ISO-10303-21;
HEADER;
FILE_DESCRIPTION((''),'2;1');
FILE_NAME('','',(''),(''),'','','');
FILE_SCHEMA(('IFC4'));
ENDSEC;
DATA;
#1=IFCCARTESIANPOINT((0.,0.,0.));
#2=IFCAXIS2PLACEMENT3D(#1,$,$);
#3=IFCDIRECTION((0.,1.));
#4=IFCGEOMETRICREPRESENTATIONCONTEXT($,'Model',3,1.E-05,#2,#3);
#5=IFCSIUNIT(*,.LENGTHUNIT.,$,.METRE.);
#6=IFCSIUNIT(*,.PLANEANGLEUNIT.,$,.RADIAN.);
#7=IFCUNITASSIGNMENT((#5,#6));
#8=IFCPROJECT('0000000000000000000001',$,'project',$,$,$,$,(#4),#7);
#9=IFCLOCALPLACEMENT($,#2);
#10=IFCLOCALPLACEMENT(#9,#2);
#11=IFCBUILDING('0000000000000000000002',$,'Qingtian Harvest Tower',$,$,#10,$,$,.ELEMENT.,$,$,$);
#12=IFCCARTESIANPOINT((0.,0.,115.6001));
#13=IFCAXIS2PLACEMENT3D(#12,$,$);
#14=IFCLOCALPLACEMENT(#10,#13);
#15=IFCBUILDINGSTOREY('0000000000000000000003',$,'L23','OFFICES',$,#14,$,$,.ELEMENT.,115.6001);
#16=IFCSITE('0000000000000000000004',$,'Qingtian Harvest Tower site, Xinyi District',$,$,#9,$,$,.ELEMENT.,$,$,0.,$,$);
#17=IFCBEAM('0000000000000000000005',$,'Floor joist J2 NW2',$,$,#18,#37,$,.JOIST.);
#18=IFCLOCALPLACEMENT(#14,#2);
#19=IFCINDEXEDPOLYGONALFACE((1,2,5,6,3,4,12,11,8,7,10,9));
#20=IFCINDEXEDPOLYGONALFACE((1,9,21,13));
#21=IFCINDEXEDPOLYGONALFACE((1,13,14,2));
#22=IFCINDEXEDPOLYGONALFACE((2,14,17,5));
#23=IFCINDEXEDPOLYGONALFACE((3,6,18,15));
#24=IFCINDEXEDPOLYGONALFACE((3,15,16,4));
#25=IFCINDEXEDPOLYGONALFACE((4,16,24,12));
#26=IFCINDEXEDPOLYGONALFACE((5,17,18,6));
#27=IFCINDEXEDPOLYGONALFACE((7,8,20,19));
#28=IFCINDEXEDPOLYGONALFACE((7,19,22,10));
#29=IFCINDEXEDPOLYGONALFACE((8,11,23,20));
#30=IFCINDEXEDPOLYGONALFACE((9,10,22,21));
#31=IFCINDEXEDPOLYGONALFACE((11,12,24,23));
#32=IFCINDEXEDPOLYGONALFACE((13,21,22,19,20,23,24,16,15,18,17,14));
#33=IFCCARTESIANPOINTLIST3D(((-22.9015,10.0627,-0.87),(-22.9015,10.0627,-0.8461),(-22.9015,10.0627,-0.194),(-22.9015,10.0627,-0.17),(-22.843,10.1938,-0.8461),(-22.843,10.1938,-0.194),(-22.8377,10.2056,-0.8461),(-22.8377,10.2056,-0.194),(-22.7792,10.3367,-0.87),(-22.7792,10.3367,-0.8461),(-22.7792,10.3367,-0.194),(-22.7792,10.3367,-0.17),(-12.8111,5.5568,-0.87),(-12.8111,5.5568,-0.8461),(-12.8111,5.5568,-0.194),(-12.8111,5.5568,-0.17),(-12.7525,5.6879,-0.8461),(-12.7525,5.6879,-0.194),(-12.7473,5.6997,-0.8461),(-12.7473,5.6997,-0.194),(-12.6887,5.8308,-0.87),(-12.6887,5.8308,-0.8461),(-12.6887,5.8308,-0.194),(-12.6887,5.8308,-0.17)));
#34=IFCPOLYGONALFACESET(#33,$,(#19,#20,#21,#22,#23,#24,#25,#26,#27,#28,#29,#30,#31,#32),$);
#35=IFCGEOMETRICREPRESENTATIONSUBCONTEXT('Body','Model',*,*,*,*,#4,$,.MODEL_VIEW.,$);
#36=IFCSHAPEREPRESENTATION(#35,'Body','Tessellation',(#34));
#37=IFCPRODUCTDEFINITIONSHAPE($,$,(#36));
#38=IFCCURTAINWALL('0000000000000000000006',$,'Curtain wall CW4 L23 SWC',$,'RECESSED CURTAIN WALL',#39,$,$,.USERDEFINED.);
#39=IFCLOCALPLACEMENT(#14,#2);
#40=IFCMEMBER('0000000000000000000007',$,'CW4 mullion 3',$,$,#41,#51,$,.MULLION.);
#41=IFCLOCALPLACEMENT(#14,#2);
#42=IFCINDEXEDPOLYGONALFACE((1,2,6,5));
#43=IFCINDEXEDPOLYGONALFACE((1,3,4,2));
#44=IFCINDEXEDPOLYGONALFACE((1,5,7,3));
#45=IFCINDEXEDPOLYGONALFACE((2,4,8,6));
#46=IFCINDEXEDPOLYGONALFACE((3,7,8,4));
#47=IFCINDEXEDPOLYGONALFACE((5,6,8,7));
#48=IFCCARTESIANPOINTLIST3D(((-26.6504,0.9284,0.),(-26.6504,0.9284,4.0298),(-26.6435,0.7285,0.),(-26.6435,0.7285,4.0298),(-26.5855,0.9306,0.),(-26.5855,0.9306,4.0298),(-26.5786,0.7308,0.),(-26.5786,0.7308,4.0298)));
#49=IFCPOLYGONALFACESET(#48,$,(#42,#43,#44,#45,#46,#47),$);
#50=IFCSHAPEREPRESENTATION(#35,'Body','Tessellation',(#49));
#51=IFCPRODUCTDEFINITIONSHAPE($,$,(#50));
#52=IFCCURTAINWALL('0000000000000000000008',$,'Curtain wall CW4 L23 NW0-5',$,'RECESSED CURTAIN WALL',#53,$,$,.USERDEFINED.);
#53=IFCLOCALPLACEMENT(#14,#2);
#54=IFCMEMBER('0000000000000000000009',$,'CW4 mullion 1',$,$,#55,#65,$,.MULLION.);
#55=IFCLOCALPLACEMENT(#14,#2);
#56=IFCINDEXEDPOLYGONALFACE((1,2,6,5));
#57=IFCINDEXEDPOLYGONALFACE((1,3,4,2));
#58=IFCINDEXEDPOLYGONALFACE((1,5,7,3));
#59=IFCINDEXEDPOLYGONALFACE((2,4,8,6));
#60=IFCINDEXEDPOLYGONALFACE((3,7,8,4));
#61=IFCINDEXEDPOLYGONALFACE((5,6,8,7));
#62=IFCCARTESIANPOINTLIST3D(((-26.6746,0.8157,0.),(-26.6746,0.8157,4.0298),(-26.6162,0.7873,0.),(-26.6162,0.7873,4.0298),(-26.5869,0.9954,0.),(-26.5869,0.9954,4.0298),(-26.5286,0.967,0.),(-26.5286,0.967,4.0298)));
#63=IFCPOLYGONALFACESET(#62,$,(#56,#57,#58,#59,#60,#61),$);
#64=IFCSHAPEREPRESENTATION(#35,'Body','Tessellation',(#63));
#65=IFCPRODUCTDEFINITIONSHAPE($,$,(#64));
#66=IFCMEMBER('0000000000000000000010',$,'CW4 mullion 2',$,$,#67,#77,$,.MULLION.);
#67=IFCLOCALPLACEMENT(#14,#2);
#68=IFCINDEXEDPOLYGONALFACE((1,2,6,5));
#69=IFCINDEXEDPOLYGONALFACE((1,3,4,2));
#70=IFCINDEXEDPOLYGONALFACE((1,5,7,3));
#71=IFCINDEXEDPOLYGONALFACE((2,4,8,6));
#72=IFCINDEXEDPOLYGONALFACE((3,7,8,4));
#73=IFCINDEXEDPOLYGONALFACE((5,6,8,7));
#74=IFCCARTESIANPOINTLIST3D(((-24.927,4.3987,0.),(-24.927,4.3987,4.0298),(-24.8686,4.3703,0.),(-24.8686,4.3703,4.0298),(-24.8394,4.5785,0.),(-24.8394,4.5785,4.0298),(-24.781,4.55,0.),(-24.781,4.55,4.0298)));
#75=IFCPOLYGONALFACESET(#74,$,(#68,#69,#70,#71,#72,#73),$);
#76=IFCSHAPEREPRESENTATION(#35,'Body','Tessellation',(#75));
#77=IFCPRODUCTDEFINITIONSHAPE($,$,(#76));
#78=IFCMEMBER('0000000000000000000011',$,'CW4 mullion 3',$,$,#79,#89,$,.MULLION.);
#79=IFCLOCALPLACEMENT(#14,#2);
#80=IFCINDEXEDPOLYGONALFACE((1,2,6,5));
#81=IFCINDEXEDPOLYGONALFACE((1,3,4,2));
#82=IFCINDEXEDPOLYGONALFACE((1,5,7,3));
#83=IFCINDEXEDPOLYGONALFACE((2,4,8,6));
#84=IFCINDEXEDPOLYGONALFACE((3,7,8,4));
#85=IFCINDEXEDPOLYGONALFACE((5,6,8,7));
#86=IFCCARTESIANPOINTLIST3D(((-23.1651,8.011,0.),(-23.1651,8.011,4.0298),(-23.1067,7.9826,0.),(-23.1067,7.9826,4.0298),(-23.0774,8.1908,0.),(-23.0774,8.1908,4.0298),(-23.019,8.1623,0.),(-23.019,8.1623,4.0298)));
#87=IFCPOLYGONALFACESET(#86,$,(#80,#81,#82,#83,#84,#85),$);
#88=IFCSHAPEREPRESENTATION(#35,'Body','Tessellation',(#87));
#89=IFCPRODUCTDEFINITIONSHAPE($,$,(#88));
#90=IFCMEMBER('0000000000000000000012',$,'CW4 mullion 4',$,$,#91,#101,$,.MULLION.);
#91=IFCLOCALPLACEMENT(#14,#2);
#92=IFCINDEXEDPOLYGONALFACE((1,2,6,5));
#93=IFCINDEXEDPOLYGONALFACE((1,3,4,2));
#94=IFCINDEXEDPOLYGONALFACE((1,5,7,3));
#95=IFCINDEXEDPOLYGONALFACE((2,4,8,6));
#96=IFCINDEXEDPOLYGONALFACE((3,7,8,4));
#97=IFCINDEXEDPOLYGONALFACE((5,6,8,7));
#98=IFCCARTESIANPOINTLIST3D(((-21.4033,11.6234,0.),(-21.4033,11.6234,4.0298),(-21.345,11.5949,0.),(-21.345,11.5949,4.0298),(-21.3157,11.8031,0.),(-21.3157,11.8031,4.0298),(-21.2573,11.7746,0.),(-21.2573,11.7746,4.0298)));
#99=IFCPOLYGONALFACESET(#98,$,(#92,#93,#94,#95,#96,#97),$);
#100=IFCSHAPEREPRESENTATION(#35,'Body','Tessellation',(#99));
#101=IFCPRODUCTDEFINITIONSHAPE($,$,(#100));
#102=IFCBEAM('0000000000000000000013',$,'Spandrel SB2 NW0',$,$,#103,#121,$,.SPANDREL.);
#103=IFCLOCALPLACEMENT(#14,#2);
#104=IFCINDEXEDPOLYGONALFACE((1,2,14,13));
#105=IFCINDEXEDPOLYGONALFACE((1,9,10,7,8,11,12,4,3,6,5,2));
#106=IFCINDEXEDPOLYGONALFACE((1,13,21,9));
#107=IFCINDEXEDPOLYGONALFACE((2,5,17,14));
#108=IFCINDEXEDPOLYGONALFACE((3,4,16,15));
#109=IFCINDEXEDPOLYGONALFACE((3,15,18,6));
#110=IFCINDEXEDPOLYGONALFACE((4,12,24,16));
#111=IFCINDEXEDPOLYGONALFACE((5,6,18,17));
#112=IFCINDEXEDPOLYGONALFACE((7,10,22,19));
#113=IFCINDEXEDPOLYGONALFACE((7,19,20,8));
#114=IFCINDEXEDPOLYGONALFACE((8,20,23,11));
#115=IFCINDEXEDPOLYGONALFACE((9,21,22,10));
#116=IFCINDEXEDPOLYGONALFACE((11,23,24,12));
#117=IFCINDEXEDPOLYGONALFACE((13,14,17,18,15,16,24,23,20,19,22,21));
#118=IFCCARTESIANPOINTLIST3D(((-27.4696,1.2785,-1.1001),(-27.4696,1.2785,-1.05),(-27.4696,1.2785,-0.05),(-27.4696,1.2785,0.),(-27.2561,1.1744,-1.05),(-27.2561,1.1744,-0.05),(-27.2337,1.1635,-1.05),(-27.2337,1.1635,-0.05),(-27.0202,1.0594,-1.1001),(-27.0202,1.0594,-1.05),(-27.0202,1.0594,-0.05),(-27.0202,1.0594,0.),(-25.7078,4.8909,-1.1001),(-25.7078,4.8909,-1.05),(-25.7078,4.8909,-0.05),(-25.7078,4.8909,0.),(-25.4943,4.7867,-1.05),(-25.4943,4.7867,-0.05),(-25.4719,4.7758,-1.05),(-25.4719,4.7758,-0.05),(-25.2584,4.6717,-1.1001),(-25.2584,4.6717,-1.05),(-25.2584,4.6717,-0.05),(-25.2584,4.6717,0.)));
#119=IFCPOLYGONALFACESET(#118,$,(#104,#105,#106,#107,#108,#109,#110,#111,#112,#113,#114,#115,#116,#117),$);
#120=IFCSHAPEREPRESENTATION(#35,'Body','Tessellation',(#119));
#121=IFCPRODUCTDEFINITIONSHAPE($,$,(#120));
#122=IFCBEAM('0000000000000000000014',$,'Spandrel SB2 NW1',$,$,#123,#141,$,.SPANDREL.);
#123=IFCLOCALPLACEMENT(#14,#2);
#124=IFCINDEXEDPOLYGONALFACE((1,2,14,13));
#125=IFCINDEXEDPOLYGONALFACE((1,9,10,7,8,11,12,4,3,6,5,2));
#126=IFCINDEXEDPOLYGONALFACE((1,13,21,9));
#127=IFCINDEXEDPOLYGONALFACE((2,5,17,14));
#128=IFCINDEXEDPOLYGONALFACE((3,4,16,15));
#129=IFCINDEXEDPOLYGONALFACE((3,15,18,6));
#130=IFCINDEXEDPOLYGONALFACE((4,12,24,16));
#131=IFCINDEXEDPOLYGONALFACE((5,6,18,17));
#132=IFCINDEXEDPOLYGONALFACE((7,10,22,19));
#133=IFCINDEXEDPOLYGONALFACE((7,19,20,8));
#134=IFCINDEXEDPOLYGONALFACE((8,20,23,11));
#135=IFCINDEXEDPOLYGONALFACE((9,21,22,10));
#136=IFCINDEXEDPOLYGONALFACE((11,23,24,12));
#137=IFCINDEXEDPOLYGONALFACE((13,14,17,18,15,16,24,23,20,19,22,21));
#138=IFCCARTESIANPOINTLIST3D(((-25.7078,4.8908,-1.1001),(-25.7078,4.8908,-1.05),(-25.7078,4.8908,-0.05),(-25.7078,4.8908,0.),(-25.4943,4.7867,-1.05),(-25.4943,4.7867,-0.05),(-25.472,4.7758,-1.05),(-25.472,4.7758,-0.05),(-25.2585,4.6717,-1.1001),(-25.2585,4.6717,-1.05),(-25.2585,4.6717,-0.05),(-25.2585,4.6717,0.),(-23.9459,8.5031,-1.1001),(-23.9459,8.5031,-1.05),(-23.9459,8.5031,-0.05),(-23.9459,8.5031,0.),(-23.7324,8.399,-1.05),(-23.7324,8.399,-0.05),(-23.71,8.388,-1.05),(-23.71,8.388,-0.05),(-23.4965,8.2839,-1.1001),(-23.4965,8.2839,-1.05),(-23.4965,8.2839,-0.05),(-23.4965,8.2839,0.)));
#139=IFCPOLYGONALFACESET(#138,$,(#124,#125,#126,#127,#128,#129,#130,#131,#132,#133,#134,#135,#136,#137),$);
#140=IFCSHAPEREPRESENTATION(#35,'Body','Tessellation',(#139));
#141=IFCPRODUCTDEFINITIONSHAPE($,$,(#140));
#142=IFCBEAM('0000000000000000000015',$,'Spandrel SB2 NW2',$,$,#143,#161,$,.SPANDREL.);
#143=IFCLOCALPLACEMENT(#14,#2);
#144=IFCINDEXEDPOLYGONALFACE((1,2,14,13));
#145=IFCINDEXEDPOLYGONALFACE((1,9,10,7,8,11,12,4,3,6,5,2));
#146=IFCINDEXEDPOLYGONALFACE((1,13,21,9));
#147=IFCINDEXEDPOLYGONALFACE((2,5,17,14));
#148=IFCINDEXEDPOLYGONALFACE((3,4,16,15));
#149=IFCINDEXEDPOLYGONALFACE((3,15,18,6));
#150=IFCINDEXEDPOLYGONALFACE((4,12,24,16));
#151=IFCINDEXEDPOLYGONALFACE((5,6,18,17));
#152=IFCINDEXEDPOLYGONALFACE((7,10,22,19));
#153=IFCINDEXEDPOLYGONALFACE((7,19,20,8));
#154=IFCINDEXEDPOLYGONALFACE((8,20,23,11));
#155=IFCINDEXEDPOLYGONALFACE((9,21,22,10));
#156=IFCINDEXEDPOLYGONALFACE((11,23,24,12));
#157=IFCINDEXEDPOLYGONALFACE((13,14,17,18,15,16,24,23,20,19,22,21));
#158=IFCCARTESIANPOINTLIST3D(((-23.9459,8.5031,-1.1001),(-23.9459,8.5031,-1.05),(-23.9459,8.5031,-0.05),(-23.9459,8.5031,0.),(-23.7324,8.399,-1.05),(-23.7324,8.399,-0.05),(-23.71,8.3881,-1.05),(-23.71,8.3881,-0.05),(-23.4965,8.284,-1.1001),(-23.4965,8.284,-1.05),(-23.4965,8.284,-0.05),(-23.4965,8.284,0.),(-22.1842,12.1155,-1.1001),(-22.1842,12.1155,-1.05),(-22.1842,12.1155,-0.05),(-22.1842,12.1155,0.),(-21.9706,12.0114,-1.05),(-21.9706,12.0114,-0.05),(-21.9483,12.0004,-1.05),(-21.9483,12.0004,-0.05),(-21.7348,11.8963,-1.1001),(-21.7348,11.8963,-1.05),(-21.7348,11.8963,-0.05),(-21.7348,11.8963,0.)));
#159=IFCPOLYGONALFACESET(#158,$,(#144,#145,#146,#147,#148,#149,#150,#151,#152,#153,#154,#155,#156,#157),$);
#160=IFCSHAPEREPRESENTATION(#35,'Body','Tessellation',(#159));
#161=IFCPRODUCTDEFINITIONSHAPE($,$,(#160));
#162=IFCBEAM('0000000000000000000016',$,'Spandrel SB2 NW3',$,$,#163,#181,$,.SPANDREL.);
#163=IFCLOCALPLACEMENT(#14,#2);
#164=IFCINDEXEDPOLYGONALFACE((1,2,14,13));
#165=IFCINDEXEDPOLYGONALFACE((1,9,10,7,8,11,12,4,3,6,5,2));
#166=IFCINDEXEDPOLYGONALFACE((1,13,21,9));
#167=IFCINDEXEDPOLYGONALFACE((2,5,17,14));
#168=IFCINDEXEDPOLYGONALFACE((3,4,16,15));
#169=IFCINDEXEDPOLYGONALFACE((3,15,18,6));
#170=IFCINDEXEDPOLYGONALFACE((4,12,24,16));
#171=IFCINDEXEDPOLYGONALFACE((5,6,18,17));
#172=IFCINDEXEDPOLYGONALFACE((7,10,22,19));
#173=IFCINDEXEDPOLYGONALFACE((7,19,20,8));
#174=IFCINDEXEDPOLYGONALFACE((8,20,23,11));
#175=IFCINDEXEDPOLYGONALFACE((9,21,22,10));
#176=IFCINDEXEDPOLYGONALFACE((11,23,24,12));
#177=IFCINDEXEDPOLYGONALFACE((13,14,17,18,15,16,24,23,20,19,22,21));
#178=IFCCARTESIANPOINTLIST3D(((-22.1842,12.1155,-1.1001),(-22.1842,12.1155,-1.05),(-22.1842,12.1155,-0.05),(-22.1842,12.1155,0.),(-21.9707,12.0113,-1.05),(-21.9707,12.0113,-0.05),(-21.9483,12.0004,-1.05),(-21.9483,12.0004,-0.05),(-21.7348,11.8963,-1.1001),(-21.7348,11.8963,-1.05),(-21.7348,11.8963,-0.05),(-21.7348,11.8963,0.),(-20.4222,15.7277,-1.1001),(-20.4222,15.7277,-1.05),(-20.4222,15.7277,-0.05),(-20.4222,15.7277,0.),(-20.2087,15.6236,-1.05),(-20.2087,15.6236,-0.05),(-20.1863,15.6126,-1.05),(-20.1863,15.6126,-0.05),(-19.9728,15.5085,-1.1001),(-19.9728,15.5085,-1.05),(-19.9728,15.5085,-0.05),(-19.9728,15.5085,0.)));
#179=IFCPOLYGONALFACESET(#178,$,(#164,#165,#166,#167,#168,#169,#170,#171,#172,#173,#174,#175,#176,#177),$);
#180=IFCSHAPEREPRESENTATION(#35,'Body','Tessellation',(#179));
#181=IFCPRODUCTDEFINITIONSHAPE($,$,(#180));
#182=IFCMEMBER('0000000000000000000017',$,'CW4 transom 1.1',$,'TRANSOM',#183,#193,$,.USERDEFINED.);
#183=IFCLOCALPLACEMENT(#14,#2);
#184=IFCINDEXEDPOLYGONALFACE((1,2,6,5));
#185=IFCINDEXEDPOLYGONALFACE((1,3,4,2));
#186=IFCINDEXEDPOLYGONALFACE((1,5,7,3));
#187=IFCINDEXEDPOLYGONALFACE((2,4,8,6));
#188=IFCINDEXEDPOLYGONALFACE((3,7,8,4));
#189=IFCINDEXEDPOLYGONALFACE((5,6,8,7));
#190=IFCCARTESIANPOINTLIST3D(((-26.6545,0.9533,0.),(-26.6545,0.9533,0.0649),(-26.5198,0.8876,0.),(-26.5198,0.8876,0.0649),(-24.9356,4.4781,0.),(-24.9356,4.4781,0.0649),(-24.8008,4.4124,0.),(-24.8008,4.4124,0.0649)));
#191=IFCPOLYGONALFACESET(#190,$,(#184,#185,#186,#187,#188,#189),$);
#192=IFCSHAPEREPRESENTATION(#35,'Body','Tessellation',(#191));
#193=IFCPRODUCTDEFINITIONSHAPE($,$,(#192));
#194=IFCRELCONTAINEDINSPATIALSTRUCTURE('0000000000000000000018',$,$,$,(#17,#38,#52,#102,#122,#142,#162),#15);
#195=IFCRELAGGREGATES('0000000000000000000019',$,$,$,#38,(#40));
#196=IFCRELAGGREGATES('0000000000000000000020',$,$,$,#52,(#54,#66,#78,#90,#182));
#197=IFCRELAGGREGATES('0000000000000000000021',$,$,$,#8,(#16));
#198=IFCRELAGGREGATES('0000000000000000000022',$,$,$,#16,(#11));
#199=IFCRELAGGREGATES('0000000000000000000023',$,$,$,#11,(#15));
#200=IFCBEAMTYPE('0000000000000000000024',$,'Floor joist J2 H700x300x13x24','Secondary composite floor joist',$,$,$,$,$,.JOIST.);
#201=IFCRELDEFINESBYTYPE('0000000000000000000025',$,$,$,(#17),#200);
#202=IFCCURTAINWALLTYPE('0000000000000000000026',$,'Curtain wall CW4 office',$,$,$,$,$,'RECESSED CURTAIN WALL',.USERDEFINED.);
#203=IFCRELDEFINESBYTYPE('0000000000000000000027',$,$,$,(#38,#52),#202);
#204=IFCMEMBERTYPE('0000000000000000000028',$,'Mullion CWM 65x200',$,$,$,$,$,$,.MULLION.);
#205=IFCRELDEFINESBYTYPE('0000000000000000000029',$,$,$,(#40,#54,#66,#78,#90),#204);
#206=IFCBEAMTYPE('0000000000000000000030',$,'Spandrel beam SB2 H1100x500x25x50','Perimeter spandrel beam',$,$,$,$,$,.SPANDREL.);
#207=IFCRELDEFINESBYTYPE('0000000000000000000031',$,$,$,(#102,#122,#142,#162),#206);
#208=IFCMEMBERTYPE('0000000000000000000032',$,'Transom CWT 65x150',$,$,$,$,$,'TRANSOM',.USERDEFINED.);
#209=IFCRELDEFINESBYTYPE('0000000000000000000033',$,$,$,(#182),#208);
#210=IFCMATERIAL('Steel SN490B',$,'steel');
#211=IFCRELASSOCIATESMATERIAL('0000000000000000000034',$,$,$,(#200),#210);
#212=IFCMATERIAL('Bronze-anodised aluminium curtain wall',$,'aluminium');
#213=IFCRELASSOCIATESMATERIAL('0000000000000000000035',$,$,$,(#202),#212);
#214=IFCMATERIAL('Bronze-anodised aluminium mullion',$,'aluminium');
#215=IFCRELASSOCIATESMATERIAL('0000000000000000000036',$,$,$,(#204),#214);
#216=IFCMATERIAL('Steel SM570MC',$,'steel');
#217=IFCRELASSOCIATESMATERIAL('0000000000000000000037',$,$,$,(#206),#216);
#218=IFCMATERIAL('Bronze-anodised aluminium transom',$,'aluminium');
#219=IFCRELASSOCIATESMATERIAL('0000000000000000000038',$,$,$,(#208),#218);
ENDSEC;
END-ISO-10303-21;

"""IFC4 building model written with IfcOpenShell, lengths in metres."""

from ifc_helpers import new_model, si_unit, direction, frame, origin, origin_2d, place, context, subcontext, project, spatial, rectangle, i_section, extrude, material, material_profile, profile_set, type_object, element, aggregate, save


model = new_model("IFC4")

# Units and contexts
model_context = context("Model", 3, precision=1e-05, world=origin(), true_north=direction((0.0, 1.0)))
body_context = subcontext(model_context, "Body", "Model", "MODEL_VIEW")
ifc_project = project(units=[si_unit("LENGTHUNIT", "METRE"), si_unit("PLANEANGLEUNIT", "RADIAN")], contexts=[model_context])

# Site, building, storey
site_placement = place(None, origin())
site = spatial("IfcSite", under=ifc_project, at=site_placement, Name="Qingtian Harvest Tower site, Xinyi District", CompositionType="ELEMENT", RefElevation=0.0)
building_placement = place(site_placement, origin())
building = spatial("IfcBuilding", under=site, at=building_placement, Name="Qingtian Harvest Tower", CompositionType="ELEMENT")
storey_placement = place(building_placement, frame((0.0, 0.0, 115.6001)))
storey = spatial("IfcBuildingStorey", under=building, at=storey_placement, Name="L23", Description="OFFICES", CompositionType="ELEMENT", Elevation=115.6001)

# Beam
ifc_material_1 = material(Name="Steel SN490B", Category="steel")
ifc_material_profile_1 = material_profile(ifc_material_1, i_section(OverallWidth=0.3, OverallDepth=0.7, WebThickness=0.0129, FlangeThickness=0.0239, at=origin_2d()), Name="H700x300x13x24")
ifc_profile_set_1 = profile_set([ifc_material_profile_1], Name="Steel SN490B")
beam_type_1 = type_object("IfcBeamType", Name="Floor joist J2 H700x300x13x24", Description="Secondary composite floor joist", PredefinedType="JOIST", material=ifc_profile_set_1)
beam_1_placement = place(storey_placement, frame((-22.8403, 10.1997, -0.52), z_axis=(0.913096, -0.407745, 0.0), x_axis=(0.407745, 0.913096, 0.0)))
element("IfcBeam", 1, at=beam_1_placement, inside=storey, type_object=beam_type_1, Name="Floor joist J2 NW2", PredefinedType="JOIST", context=body_context, shape_type="SweptSolid", body=[
    extrude(i_section(OverallWidth=0.3, OverallDepth=0.7, WebThickness=0.0129, FlangeThickness=0.0239, at=origin_2d()), origin(), (0.0, 0.0, 1.0), 11.0508),
])

# Curtain wall, member
ifc_material_2 = material(Name="Bronze-anodised aluminium curtain wall", Category="aluminium")
curtain_wall_type = type_object("IfcCurtainWallType", Name="Curtain wall CW4 office", ElementType="RECESSED CURTAIN WALL", PredefinedType="USERDEFINED", material=ifc_material_2)
curtain_wall_1_placement = place(storey_placement, origin())
curtain_wall_1 = element("IfcCurtainWall", 2, at=curtain_wall_1_placement, inside=storey, type_object=curtain_wall_type, Name="Curtain wall CW4 L23 SWC", ObjectType="RECESSED CURTAIN WALL", PredefinedType="USERDEFINED")
ifc_material_3 = material(Name="Bronze-anodised aluminium mullion", Category="aluminium")
ifc_material_profile_2 = material_profile(ifc_material_3, rectangle(XDim=0.0649, YDim=0.2, at=origin_2d()), Name="AL 65x200")
ifc_profile_set_2 = profile_set([ifc_material_profile_2], Name="Bronze-anodised aluminium mullion")
member_type_1 = type_object("IfcMemberType", Name="Mullion CWM 65x200", PredefinedType="MULLION", material=ifc_profile_set_2)
member_1_placement = place(storey_placement, frame((-26.6145, 0.8296, 0.0), z_axis=(0.0, 0.0, 1.0), x_axis=(-0.999391, -0.034899, 0.0)))
member_1 = element("IfcMember", 3, at=member_1_placement, type_object=member_type_1, Name="CW4 mullion 3", PredefinedType="MULLION", context=body_context, shape_type="SweptSolid", body=[
    extrude(rectangle(XDim=0.0649, YDim=0.2, at=origin_2d()), origin(), (0.0, 0.0, 1.0), 4.0298),
])
aggregate(curtain_wall_1, [member_1])

# Curtain wall, members
curtain_wall_2_placement = place(storey_placement, origin())
curtain_wall_2 = element("IfcCurtainWall", 4, at=curtain_wall_2_placement, inside=storey, type_object=curtain_wall_type, Name="Curtain wall CW4 L23 NW0-5", ObjectType="RECESSED CURTAIN WALL", PredefinedType="USERDEFINED")
member_2_placement = place(storey_placement, frame((-26.6016, 0.8914, 0.0), z_axis=(0.0, 0.0, 1.0), x_axis=(-0.898794, 0.438371, 0.0)))
member_2 = element("IfcMember", 5, at=member_2_placement, type_object=member_type_1, Name="CW4 mullion 1", PredefinedType="MULLION", context=body_context, shape_type="SweptSolid", body=[
    extrude(rectangle(XDim=0.0649, YDim=0.2, at=origin_2d()), origin(), (0.0, 0.0, 1.0), 4.0298),
])
member_3_placement = place(storey_placement, frame((-24.854, 4.4744, 0.0), z_axis=(0.0, 0.0, 1.0), x_axis=(-0.898794, 0.438371, 0.0)))
member_3 = element("IfcMember", 6, at=member_3_placement, type_object=member_type_1, Name="CW4 mullion 2", PredefinedType="MULLION", context=body_context, shape_type="SweptSolid", body=[
    extrude(rectangle(XDim=0.0649, YDim=0.2, at=origin_2d()), origin(), (0.0, 0.0, 1.0), 4.0298),
])
member_4_placement = place(storey_placement, frame((-23.092, 8.0867, 0.0), z_axis=(0.0, 0.0, 1.0), x_axis=(-0.898794, 0.438371, 0.0)))
member_4 = element("IfcMember", 7, at=member_4_placement, type_object=member_type_1, Name="CW4 mullion 3", PredefinedType="MULLION", context=body_context, shape_type="SweptSolid", body=[
    extrude(rectangle(XDim=0.0649, YDim=0.2, at=origin_2d()), origin(), (0.0, 0.0, 1.0), 4.0298),
])
member_5_placement = place(storey_placement, frame((-21.3303, 11.699, 0.0), z_axis=(0.0, 0.0, 1.0), x_axis=(-0.898794, 0.438371, 0.0)))
member_5 = element("IfcMember", 8, at=member_5_placement, type_object=member_type_1, Name="CW4 mullion 4", PredefinedType="MULLION", context=body_context, shape_type="SweptSolid", body=[
    extrude(rectangle(XDim=0.0649, YDim=0.2, at=origin_2d()), origin(), (0.0, 0.0, 1.0), 4.0298),
])

# Beams
ifc_material_4 = material(Name="Steel SM570MC", Category="steel")
ifc_material_profile_3 = material_profile(ifc_material_4, i_section(OverallWidth=0.5, OverallDepth=1.1001, WebThickness=0.0249, FlangeThickness=0.05, at=origin_2d()), Name="H1100x500x25x50")
ifc_profile_set_3 = profile_set([ifc_material_profile_3], Name="Steel SM570MC")
beam_type_2 = type_object("IfcBeamType", Name="Spandrel beam SB2 H1100x500x25x50", Description="Perimeter spandrel beam", PredefinedType="SPANDREL", material=ifc_profile_set_3)
for number, where, z_axis, x_axis, name in (
    (9, (-27.2449, 1.1689, -0.55), (0.438347, 0.898806, 0.0), (-0.898806, 0.438347, 0.0), "Spandrel SB2 NW0"),
    (10, (-25.4832, 4.7812, -0.55), (0.438396, 0.898782, 0.0), (-0.898782, 0.438396, 0.0), "Spandrel SB2 NW1"),
    (11, (-23.7212, 8.3936, -0.55), (0.438347, 0.898806, 0.0), (-0.898806, 0.438347, 0.0), "Spandrel SB2 NW2"),
    (12, (-21.9595, 12.0059, -0.55), (0.438396, 0.898782, 0.0), (-0.898782, 0.438396, 0.0), "Spandrel SB2 NW3"),
):
    element("IfcBeam", number, at=place(storey_placement, frame(where, z_axis=z_axis, x_axis=x_axis)), inside=storey, type_object=beam_type_2, Name=name, PredefinedType="SPANDREL", context=body_context, shape_type="SweptSolid", body=[
        extrude(i_section(OverallWidth=0.5, OverallDepth=1.1001, WebThickness=0.0249, FlangeThickness=0.05, at=origin_2d()), origin(), (0.0, 0.0, 1.0), 4.019),
    ])

# Member
ifc_material_5 = material(Name="Bronze-anodised aluminium transom", Category="aluminium")
ifc_material_profile_4 = material_profile(ifc_material_5, rectangle(XDim=0.1499, YDim=0.0649, at=origin_2d()), Name="AL 65x150")
ifc_profile_set_4 = profile_set([ifc_material_profile_4], Name="Bronze-anodised aluminium transom")
member_type_2 = type_object("IfcMemberType", Name="Transom CWT 65x150", ElementType="TRANSOM", PredefinedType="USERDEFINED", material=ifc_profile_set_4)
member_6_placement = place(storey_placement, frame((-26.5872, 0.9204, 0.0325), z_axis=(0.438327, 0.898816, 0.0), x_axis=(-0.898816, 0.438327, 0.0)))
member_6 = element("IfcMember", 13, at=member_6_placement, type_object=member_type_2, Name="CW4 transom 1.1", ObjectType="TRANSOM", PredefinedType="USERDEFINED", context=body_context, shape_type="SweptSolid", body=[
    extrude(rectangle(XDim=0.1499, YDim=0.0649, at=origin_2d()), origin(), (0.0, 0.0, 1.0), 3.9216),
])

aggregate(curtain_wall_2, [member_2, member_3, member_4, member_5, member_6])

save(model, "model.ifc")
